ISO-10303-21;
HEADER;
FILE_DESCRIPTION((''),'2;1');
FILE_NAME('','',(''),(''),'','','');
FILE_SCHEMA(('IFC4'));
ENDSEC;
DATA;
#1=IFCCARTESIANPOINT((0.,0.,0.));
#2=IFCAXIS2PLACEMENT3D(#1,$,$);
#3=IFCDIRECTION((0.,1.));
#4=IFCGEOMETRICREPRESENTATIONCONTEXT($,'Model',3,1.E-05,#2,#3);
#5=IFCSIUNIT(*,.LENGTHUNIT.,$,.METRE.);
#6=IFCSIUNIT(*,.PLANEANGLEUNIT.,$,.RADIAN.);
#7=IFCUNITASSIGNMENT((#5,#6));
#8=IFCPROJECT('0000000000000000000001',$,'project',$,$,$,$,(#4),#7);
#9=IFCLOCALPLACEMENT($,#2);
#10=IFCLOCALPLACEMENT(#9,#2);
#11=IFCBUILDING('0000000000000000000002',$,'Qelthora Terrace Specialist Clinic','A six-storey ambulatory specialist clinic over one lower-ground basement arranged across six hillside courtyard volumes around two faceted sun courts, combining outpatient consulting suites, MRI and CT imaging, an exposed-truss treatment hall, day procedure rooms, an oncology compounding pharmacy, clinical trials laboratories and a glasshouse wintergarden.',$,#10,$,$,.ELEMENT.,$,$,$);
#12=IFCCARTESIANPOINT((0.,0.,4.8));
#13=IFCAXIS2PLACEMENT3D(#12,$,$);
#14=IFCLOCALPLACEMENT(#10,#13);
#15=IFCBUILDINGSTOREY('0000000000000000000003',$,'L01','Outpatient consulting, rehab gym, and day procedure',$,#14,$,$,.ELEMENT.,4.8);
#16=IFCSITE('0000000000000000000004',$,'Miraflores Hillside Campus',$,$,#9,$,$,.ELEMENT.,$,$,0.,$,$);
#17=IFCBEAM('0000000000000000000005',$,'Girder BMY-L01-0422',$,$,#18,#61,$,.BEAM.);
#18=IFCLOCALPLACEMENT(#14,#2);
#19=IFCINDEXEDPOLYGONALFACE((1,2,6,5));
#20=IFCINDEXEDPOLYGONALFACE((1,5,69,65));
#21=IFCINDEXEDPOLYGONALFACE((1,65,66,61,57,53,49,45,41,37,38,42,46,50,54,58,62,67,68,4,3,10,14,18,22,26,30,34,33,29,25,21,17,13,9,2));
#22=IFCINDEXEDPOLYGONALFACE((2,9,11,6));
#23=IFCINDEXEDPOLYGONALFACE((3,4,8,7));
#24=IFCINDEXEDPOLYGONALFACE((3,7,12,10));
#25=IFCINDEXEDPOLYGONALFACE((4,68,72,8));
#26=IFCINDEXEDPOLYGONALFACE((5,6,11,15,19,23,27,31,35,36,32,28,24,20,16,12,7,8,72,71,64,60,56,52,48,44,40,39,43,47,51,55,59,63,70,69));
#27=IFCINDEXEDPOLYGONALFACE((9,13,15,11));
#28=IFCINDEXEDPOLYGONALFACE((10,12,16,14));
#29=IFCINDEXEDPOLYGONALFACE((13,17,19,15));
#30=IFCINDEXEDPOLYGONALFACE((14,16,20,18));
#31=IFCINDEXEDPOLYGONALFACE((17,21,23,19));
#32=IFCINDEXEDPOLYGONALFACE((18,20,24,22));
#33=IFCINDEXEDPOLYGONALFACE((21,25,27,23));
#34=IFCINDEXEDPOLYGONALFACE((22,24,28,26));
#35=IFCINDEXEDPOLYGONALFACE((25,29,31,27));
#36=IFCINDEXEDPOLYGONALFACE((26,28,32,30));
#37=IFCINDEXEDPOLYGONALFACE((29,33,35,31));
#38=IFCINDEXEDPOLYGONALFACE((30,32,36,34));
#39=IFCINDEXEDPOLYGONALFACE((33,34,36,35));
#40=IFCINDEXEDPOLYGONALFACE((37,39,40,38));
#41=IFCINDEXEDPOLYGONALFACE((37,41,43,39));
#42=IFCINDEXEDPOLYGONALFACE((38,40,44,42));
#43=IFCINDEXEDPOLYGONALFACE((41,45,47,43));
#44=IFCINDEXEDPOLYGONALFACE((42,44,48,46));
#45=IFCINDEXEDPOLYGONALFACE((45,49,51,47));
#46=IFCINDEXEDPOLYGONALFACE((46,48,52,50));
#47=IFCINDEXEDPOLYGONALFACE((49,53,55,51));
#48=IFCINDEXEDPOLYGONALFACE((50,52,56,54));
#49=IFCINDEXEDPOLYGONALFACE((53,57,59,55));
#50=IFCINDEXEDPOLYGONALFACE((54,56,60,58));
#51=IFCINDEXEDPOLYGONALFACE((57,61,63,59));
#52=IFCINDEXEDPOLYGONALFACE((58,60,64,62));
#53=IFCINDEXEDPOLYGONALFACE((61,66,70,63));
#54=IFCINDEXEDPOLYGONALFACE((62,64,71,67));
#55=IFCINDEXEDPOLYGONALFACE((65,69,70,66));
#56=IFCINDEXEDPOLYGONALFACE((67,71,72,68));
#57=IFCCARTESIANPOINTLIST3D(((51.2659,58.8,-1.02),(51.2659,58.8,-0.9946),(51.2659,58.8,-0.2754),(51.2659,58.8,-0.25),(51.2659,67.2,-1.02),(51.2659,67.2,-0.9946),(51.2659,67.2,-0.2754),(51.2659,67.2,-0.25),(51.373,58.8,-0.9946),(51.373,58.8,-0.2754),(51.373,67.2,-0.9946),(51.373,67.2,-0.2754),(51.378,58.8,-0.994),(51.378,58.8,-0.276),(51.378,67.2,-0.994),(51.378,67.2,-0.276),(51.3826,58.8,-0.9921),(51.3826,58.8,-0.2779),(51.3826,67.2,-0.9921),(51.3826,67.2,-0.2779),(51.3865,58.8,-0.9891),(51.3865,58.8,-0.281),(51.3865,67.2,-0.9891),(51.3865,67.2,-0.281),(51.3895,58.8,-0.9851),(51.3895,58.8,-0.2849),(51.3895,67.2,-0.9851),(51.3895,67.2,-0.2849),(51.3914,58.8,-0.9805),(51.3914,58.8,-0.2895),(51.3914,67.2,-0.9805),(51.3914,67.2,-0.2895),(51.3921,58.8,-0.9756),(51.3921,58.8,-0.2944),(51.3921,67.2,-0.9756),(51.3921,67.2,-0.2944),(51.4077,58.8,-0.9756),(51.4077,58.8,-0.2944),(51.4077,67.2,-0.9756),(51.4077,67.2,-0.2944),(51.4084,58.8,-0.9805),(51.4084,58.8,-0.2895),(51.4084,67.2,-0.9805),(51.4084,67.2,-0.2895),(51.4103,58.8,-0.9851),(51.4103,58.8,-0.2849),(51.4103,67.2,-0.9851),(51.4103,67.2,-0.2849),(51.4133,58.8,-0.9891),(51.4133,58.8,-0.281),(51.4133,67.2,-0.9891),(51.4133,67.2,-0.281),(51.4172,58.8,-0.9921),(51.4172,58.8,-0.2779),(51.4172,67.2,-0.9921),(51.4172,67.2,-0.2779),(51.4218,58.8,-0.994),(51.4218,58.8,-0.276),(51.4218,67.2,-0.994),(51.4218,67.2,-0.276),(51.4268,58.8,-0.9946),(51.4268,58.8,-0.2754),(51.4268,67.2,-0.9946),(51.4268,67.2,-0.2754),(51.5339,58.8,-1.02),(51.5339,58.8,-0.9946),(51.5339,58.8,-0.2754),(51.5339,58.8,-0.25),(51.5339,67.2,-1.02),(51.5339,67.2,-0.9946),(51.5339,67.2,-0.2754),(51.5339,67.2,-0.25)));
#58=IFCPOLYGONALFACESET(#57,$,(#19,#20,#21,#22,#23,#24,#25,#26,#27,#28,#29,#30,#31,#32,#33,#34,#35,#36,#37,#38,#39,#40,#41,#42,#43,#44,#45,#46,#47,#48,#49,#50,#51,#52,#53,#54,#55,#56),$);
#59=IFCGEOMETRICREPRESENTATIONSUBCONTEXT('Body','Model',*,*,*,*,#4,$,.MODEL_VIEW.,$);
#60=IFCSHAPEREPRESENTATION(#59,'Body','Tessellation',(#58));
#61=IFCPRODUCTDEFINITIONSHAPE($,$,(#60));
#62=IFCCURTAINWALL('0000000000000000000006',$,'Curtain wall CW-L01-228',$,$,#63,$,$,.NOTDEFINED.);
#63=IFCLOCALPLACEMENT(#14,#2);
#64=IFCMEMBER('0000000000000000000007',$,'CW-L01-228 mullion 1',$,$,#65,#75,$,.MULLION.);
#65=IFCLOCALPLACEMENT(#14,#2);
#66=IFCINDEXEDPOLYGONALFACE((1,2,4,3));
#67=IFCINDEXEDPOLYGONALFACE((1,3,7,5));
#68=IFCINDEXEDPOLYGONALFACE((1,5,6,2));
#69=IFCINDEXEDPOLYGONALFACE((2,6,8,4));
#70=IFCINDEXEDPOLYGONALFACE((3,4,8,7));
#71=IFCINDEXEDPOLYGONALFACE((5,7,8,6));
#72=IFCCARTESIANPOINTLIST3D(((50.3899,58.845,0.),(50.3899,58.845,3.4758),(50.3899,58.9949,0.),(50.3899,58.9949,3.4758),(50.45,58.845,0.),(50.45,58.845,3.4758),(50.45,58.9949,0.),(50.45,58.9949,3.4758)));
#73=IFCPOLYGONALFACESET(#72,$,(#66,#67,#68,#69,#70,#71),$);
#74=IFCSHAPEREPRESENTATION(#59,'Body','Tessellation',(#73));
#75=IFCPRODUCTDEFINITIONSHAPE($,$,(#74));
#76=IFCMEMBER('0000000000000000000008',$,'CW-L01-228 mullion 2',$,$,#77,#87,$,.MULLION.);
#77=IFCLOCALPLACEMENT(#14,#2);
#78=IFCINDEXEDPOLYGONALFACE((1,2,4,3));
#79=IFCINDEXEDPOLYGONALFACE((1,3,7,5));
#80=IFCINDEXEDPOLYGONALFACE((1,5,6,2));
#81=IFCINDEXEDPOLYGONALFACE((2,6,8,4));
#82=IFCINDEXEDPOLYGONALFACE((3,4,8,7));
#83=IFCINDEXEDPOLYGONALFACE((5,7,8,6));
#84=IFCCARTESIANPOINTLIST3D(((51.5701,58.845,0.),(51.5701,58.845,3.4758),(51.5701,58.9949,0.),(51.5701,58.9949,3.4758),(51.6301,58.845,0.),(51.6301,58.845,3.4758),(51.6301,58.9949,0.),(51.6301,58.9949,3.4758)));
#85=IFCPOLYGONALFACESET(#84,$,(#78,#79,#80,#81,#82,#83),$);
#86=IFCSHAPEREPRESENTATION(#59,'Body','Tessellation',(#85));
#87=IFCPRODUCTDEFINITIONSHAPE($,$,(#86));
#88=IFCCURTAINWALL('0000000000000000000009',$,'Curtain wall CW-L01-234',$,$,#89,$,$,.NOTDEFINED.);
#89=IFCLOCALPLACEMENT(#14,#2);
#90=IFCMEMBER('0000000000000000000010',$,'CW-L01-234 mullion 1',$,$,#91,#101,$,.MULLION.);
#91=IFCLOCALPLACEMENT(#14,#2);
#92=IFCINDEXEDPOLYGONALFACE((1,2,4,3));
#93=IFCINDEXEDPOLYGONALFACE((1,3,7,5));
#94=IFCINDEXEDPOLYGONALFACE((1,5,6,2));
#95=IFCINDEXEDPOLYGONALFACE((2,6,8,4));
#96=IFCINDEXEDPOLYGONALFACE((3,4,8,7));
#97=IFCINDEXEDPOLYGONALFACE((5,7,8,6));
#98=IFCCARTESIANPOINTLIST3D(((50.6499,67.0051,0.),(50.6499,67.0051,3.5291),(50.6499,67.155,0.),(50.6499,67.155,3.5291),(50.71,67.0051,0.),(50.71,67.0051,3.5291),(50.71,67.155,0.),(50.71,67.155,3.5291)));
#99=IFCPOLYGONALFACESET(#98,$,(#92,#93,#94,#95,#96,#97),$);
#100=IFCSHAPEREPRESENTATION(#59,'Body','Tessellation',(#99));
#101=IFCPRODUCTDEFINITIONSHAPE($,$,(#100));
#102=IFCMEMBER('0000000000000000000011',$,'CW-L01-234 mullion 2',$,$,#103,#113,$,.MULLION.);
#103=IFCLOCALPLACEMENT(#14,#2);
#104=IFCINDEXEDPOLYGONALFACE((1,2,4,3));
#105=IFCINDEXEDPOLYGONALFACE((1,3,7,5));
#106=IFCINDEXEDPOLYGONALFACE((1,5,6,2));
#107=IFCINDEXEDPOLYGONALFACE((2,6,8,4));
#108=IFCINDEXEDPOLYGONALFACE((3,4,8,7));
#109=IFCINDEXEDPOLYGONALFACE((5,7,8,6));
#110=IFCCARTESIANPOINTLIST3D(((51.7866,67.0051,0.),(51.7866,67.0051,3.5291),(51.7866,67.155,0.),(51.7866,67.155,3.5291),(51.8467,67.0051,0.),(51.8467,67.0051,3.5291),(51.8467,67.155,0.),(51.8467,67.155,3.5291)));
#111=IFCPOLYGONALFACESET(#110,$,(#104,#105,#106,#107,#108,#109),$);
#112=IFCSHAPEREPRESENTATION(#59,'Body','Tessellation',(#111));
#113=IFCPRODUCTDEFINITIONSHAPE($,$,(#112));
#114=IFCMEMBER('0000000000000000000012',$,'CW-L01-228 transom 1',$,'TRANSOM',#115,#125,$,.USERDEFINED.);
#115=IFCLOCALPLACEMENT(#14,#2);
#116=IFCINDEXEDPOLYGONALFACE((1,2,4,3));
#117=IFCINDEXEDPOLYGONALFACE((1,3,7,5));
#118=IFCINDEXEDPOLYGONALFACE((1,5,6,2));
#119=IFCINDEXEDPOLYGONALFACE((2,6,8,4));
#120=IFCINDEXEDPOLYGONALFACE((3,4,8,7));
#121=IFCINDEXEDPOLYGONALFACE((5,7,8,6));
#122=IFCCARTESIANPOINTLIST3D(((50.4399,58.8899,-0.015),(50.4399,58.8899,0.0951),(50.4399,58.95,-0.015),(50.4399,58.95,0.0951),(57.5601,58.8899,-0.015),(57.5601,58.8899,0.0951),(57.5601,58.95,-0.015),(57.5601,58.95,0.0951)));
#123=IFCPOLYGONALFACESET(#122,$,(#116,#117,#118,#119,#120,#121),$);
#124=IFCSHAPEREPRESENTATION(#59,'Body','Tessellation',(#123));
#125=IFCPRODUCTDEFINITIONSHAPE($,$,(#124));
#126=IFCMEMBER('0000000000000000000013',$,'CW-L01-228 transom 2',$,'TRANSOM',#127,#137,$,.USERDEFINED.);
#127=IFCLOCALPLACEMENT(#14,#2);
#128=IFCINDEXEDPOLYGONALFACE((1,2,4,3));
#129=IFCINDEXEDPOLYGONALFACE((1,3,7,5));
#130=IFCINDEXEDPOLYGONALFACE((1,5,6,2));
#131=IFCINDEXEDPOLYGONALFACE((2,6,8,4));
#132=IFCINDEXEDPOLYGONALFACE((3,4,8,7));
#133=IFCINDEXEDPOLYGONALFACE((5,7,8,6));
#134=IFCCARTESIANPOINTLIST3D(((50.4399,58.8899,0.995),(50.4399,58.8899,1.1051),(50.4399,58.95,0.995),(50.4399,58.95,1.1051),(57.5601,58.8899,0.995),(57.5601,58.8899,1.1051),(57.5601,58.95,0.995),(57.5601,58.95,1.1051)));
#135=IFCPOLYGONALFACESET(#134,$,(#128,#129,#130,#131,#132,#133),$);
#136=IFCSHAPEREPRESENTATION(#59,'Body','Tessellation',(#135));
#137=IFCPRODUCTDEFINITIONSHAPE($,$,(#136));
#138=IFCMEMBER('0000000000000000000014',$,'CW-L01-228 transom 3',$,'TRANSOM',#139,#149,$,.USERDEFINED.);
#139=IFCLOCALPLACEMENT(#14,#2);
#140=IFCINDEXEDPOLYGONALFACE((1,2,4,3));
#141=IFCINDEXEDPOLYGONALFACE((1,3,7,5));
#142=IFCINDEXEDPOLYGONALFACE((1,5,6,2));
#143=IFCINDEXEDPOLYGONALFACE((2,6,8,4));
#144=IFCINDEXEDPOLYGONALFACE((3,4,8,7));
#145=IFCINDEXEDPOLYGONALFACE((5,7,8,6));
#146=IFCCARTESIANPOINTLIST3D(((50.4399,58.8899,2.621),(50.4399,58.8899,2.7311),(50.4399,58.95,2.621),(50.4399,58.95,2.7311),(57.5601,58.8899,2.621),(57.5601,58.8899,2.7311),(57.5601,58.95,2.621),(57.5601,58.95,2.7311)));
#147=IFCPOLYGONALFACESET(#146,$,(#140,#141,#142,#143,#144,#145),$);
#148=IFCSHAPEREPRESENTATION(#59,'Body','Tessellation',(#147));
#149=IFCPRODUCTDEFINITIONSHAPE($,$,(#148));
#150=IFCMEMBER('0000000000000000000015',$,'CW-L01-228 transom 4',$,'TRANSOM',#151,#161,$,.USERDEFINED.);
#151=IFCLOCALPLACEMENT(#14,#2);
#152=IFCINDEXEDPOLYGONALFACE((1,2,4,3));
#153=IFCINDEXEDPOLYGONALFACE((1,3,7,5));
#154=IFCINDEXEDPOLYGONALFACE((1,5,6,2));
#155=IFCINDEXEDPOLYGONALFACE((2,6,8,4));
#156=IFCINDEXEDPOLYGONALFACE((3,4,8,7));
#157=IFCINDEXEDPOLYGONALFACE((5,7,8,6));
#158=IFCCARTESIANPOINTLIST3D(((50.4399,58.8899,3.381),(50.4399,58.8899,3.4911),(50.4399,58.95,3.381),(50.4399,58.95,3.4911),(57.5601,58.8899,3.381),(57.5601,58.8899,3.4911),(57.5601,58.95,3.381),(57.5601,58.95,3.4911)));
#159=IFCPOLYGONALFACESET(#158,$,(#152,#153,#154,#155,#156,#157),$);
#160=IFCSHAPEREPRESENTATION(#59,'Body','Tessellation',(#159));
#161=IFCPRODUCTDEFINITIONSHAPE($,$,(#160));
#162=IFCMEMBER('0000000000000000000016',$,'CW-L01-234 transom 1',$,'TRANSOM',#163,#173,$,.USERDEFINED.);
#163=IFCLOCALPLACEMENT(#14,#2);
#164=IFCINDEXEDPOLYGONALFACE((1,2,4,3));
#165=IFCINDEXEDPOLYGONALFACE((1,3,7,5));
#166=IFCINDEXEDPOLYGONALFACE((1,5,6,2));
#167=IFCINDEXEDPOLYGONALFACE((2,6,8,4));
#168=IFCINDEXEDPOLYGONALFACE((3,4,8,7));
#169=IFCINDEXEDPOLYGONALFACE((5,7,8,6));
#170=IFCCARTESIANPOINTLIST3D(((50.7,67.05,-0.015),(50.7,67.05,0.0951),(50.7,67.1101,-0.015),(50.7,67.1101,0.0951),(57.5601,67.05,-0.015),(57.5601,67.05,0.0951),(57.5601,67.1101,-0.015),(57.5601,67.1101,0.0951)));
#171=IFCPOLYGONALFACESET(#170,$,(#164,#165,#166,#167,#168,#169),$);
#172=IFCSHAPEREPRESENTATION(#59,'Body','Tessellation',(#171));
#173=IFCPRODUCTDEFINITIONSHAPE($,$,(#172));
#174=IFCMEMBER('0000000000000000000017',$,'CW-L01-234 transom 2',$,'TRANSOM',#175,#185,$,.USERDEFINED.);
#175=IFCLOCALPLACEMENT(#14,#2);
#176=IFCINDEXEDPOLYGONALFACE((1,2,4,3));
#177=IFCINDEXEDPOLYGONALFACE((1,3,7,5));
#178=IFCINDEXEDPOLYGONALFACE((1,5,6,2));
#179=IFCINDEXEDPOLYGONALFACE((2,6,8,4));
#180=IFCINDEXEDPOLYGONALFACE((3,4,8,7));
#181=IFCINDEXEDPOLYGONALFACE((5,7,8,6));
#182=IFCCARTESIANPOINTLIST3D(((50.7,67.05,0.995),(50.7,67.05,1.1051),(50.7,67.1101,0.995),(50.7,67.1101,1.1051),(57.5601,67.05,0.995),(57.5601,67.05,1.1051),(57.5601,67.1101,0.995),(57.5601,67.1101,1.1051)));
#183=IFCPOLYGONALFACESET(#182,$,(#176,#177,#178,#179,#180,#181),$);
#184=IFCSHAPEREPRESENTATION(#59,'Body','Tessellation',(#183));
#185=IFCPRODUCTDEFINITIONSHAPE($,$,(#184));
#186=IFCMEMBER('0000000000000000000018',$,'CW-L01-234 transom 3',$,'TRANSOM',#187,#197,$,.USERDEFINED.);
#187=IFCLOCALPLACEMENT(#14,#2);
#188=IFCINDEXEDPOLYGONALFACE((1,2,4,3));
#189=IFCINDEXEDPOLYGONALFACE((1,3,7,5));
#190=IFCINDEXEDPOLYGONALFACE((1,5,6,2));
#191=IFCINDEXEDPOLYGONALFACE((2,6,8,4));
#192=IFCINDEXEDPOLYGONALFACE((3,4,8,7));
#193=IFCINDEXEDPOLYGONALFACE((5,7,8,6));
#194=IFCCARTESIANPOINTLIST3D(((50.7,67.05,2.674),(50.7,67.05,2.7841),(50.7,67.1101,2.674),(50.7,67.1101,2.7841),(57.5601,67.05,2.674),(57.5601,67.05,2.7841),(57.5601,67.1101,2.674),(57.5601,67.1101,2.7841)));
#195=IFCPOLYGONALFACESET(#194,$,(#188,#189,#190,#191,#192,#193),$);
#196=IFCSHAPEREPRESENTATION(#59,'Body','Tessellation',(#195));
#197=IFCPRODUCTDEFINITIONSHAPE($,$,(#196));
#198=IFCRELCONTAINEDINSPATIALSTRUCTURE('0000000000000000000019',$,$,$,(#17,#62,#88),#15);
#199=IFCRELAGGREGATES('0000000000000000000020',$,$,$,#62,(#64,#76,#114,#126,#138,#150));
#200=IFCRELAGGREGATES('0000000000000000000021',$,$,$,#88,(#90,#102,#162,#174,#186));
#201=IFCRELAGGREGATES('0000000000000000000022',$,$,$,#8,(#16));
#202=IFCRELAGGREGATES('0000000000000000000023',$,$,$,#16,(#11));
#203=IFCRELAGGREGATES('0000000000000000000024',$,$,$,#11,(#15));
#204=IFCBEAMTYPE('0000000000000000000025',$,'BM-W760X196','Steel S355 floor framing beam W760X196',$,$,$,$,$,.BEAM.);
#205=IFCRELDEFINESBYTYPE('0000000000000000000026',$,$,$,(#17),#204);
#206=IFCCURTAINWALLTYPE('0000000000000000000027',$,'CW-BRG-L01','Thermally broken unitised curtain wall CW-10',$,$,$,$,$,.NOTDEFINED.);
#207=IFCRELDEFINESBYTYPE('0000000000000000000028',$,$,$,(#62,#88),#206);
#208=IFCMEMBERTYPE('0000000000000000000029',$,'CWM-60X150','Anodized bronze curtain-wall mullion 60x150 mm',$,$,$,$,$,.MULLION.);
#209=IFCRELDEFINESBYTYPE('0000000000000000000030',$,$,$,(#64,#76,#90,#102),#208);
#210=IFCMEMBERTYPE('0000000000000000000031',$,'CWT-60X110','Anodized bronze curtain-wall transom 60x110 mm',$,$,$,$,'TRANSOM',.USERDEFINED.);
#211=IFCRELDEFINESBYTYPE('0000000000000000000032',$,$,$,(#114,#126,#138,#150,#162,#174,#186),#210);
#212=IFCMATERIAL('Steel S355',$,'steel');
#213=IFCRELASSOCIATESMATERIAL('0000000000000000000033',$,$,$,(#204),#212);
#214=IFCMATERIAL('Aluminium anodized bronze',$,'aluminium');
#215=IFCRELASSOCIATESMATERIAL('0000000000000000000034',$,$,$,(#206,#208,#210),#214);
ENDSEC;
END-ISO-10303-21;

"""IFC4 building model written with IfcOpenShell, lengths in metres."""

from ifc_helpers import new_model, si_unit, direction, frame, origin, origin_2d, place, context, subcontext, project, spatial, rectangle, i_section, extrude, material, material_profile, profile_set, type_object, element, aggregate, save


model = new_model("IFC4")

# Units and contexts
model_context = context("Model", 3, precision=1e-05, world=origin(), true_north=direction((0.0, 1.0)))
body_context = subcontext(model_context, "Body", "Model", "MODEL_VIEW")
ifc_project = project(units=[si_unit("LENGTHUNIT", "METRE"), si_unit("PLANEANGLEUNIT", "RADIAN")], contexts=[model_context])

# Site, building, storey
site_placement = place(None, origin())
site = spatial("IfcSite", under=ifc_project, at=site_placement, Name="Miraflores Hillside Campus", CompositionType="ELEMENT", RefElevation=0.0)
building_placement = place(site_placement, origin())
building = spatial("IfcBuilding", under=site, at=building_placement, Name="Qelthora Terrace Specialist Clinic", Description="A six-storey ambulatory specialist clinic over one lower-ground basement arranged across six hillside courtyard volumes around two faceted sun courts, combining outpatient consulting suites, MRI and CT imaging, an exposed-truss treatment hall, day procedure rooms, an oncology compounding pharmacy, clinical trials laboratories and a glasshouse wintergarden.", CompositionType="ELEMENT")
storey_placement = place(building_placement, frame((0.0, 0.0, 4.8)))
storey = spatial("IfcBuildingStorey", under=building, at=storey_placement, Name="L01", Description="Outpatient consulting, rehab gym, and day procedure", CompositionType="ELEMENT", Elevation=4.8)

# Beam
ifc_material_1 = material(Name="Steel S355", Category="steel")
ifc_material_profile_1 = material_profile(ifc_material_1, i_section(OverallWidth=0.2681, OverallDepth=0.77, WebThickness=0.0156, FlangeThickness=0.0254, FilletRadius=0.019, at=origin_2d()), Name="W760X196")
ifc_profile_set_1 = profile_set([ifc_material_profile_1], Name="Steel S355")
beam_type_1 = type_object("IfcBeamType", Name="BM-W760X196", Description="Steel S355 floor framing beam W760X196", PredefinedType="BEAM", material=ifc_profile_set_1)
beam_1_placement = place(storey_placement, frame((51.3999, 58.8, -0.635), z_axis=(0.0, 1.0, 0.0), x_axis=(-1.0, 0.0, 0.0)))
element("IfcBeam", 1, at=beam_1_placement, inside=storey, type_object=beam_type_1, Name="Girder BMY-L01-0422", PredefinedType="BEAM", context=body_context, shape_type="SweptSolid", body=[
    extrude(i_section(OverallWidth=0.2681, OverallDepth=0.77, WebThickness=0.0156, FlangeThickness=0.0254, FilletRadius=0.019, at=origin_2d()), origin(), (0.0, 0.0, 1.0), 8.3999),
])

# Curtain walls, members
ifc_material_2 = material(Name="Aluminium anodized bronze", Category="aluminium")
curtain_wall_type = type_object("IfcCurtainWallType", Name="CW-BRG-L01", Description="Thermally broken unitised curtain wall CW-10", PredefinedType="NOTDEFINED", material=ifc_material_2)
curtain_wall_1_placement = place(storey_placement, origin())
curtain_wall_1 = element("IfcCurtainWall", 2, at=curtain_wall_1_placement, inside=storey, type_object=curtain_wall_type, Name="Curtain wall CW-L01-228", PredefinedType="NOTDEFINED")
ifc_material_profile_2 = material_profile(ifc_material_2, rectangle(XDim=0.0601, YDim=0.1499, at=origin_2d()), Name="CWM60X150")
ifc_profile_set_2 = profile_set([ifc_material_profile_2], Name="Aluminium anodized bronze")
member_type_1 = type_object("IfcMemberType", Name="CWM-60X150", Description="Anodized bronze curtain-wall mullion 60x150 mm", PredefinedType="MULLION", material=ifc_profile_set_2)
member_1_placement = place(storey_placement, frame((50.4199, 58.9199, 0.0), z_axis=(0.0, 0.0, 1.0), x_axis=(1.0, 0.0, 0.0)))
member_1 = element("IfcMember", 3, at=member_1_placement, type_object=member_type_1, Name="CW-L01-228 mullion 1", PredefinedType="MULLION", context=body_context, shape_type="SweptSolid", body=[
    extrude(rectangle(XDim=0.0601, YDim=0.1499, at=origin_2d()), origin(), (0.0, 0.0, 1.0), 3.4758),
])
member_2_placement = place(storey_placement, frame((51.6001, 58.9199, 0.0), z_axis=(0.0, 0.0, 1.0), x_axis=(1.0, 0.0, 0.0)))
member_2 = element("IfcMember", 4, at=member_2_placement, type_object=member_type_1, Name="CW-L01-228 mullion 2", PredefinedType="MULLION", context=body_context, shape_type="SweptSolid", body=[
    extrude(rectangle(XDim=0.0601, YDim=0.1499, at=origin_2d()), origin(), (0.0, 0.0, 1.0), 3.4758),
])
curtain_wall_2_placement = place(storey_placement, origin())
curtain_wall_2 = element("IfcCurtainWall", 5, at=curtain_wall_2_placement, inside=storey, type_object=curtain_wall_type, Name="Curtain wall CW-L01-234", PredefinedType="NOTDEFINED")
member_3_placement = place(storey_placement, frame((50.6799, 67.0801, 0.0), z_axis=(0.0, 0.0, 1.0), x_axis=(1.0, 0.0, 0.0)))
member_3 = element("IfcMember", 6, at=member_3_placement, type_object=member_type_1, Name="CW-L01-234 mullion 1", PredefinedType="MULLION", context=body_context, shape_type="SweptSolid", body=[
    extrude(rectangle(XDim=0.0601, YDim=0.1499, at=origin_2d()), origin(), (0.0, 0.0, 1.0), 3.5291),
])
member_4_placement = place(storey_placement, frame((51.8167, 67.0801, 0.0), z_axis=(0.0, 0.0, 1.0), x_axis=(1.0, 0.0, 0.0)))
member_4 = element("IfcMember", 7, at=member_4_placement, type_object=member_type_1, Name="CW-L01-234 mullion 2", PredefinedType="MULLION", context=body_context, shape_type="SweptSolid", body=[
    extrude(rectangle(XDim=0.0601, YDim=0.1499, at=origin_2d()), origin(), (0.0, 0.0, 1.0), 3.5291),
])

# Members
ifc_material_profile_3 = material_profile(ifc_material_2, rectangle(XDim=0.0601, YDim=0.1101, at=origin_2d()), Name="CWT60X110")
ifc_profile_set_3 = profile_set([ifc_material_profile_3], Name="Aluminium anodized bronze")
member_type_2 = type_object("IfcMemberType", Name="CWT-60X110", Description="Anodized bronze curtain-wall transom 60x110 mm", ElementType="TRANSOM", PredefinedType="USERDEFINED", material=ifc_profile_set_3)
member_5_placement = place(storey_placement, frame((50.4399, 58.9199, 0.04), z_axis=(1.0, 0.0, 0.0), x_axis=(0.0, 1.0, 0.0)))
member_5 = element("IfcMember", 8, at=member_5_placement, type_object=member_type_2, Name="CW-L01-228 transom 1", ObjectType="TRANSOM", PredefinedType="USERDEFINED", context=body_context, shape_type="SweptSolid", body=[
    extrude(rectangle(XDim=0.0601, YDim=0.1101, at=origin_2d()), origin(), (0.0, 0.0, 1.0), 7.1201),
])
member_6_placement = place(storey_placement, frame((50.4399, 58.9199, 1.05), z_axis=(1.0, 0.0, 0.0), x_axis=(0.0, 1.0, 0.0)))
member_6 = element("IfcMember", 9, at=member_6_placement, type_object=member_type_2, Name="CW-L01-228 transom 2", ObjectType="TRANSOM", PredefinedType="USERDEFINED", context=body_context, shape_type="SweptSolid", body=[
    extrude(rectangle(XDim=0.0601, YDim=0.1101, at=origin_2d()), origin(), (0.0, 0.0, 1.0), 7.1201),
])
member_7_placement = place(storey_placement, frame((50.4399, 58.9199, 2.676), z_axis=(1.0, 0.0, 0.0), x_axis=(0.0, 1.0, 0.0)))
member_7 = element("IfcMember", 10, at=member_7_placement, type_object=member_type_2, Name="CW-L01-228 transom 3", ObjectType="TRANSOM", PredefinedType="USERDEFINED", context=body_context, shape_type="SweptSolid", body=[
    extrude(rectangle(XDim=0.0601, YDim=0.1101, at=origin_2d()), origin(), (0.0, 0.0, 1.0), 7.1201),
])
member_8_placement = place(storey_placement, frame((50.4399, 58.9199, 3.436), z_axis=(1.0, 0.0, 0.0), x_axis=(0.0, 1.0, 0.0)))
member_8 = element("IfcMember", 11, at=member_8_placement, type_object=member_type_2, Name="CW-L01-228 transom 4", ObjectType="TRANSOM", PredefinedType="USERDEFINED", context=body_context, shape_type="SweptSolid", body=[
    extrude(rectangle(XDim=0.0601, YDim=0.1101, at=origin_2d()), origin(), (0.0, 0.0, 1.0), 7.1201),
])
member_9_placement = place(storey_placement, frame((50.7, 67.0801, 0.04), z_axis=(1.0, 0.0, 0.0), x_axis=(0.0, 1.0, 0.0)))
member_9 = element("IfcMember", 12, at=member_9_placement, type_object=member_type_2, Name="CW-L01-234 transom 1", ObjectType="TRANSOM", PredefinedType="USERDEFINED", context=body_context, shape_type="SweptSolid", body=[
    extrude(rectangle(XDim=0.0601, YDim=0.1101, at=origin_2d()), origin(), (0.0, 0.0, 1.0), 6.8601),
])
member_10_placement = place(storey_placement, frame((50.7, 67.0801, 1.05), z_axis=(1.0, 0.0, 0.0), x_axis=(0.0, 1.0, 0.0)))
member_10 = element("IfcMember", 13, at=member_10_placement, type_object=member_type_2, Name="CW-L01-234 transom 2", ObjectType="TRANSOM", PredefinedType="USERDEFINED", context=body_context, shape_type="SweptSolid", body=[
    extrude(rectangle(XDim=0.0601, YDim=0.1101, at=origin_2d()), origin(), (0.0, 0.0, 1.0), 6.8601),
])
member_11_placement = place(storey_placement, frame((50.7, 67.0801, 2.729), z_axis=(1.0, 0.0, 0.0), x_axis=(0.0, 1.0, 0.0)))
member_11 = element("IfcMember", 14, at=member_11_placement, type_object=member_type_2, Name="CW-L01-234 transom 3", ObjectType="TRANSOM", PredefinedType="USERDEFINED", context=body_context, shape_type="SweptSolid", body=[
    extrude(rectangle(XDim=0.0601, YDim=0.1101, at=origin_2d()), origin(), (0.0, 0.0, 1.0), 6.8601),
])

aggregate(curtain_wall_1, [member_1, member_2, member_5, member_6, member_7, member_8])
aggregate(curtain_wall_2, [member_3, member_4, member_9, member_10, member_11])

save(model, "model.ifc")
